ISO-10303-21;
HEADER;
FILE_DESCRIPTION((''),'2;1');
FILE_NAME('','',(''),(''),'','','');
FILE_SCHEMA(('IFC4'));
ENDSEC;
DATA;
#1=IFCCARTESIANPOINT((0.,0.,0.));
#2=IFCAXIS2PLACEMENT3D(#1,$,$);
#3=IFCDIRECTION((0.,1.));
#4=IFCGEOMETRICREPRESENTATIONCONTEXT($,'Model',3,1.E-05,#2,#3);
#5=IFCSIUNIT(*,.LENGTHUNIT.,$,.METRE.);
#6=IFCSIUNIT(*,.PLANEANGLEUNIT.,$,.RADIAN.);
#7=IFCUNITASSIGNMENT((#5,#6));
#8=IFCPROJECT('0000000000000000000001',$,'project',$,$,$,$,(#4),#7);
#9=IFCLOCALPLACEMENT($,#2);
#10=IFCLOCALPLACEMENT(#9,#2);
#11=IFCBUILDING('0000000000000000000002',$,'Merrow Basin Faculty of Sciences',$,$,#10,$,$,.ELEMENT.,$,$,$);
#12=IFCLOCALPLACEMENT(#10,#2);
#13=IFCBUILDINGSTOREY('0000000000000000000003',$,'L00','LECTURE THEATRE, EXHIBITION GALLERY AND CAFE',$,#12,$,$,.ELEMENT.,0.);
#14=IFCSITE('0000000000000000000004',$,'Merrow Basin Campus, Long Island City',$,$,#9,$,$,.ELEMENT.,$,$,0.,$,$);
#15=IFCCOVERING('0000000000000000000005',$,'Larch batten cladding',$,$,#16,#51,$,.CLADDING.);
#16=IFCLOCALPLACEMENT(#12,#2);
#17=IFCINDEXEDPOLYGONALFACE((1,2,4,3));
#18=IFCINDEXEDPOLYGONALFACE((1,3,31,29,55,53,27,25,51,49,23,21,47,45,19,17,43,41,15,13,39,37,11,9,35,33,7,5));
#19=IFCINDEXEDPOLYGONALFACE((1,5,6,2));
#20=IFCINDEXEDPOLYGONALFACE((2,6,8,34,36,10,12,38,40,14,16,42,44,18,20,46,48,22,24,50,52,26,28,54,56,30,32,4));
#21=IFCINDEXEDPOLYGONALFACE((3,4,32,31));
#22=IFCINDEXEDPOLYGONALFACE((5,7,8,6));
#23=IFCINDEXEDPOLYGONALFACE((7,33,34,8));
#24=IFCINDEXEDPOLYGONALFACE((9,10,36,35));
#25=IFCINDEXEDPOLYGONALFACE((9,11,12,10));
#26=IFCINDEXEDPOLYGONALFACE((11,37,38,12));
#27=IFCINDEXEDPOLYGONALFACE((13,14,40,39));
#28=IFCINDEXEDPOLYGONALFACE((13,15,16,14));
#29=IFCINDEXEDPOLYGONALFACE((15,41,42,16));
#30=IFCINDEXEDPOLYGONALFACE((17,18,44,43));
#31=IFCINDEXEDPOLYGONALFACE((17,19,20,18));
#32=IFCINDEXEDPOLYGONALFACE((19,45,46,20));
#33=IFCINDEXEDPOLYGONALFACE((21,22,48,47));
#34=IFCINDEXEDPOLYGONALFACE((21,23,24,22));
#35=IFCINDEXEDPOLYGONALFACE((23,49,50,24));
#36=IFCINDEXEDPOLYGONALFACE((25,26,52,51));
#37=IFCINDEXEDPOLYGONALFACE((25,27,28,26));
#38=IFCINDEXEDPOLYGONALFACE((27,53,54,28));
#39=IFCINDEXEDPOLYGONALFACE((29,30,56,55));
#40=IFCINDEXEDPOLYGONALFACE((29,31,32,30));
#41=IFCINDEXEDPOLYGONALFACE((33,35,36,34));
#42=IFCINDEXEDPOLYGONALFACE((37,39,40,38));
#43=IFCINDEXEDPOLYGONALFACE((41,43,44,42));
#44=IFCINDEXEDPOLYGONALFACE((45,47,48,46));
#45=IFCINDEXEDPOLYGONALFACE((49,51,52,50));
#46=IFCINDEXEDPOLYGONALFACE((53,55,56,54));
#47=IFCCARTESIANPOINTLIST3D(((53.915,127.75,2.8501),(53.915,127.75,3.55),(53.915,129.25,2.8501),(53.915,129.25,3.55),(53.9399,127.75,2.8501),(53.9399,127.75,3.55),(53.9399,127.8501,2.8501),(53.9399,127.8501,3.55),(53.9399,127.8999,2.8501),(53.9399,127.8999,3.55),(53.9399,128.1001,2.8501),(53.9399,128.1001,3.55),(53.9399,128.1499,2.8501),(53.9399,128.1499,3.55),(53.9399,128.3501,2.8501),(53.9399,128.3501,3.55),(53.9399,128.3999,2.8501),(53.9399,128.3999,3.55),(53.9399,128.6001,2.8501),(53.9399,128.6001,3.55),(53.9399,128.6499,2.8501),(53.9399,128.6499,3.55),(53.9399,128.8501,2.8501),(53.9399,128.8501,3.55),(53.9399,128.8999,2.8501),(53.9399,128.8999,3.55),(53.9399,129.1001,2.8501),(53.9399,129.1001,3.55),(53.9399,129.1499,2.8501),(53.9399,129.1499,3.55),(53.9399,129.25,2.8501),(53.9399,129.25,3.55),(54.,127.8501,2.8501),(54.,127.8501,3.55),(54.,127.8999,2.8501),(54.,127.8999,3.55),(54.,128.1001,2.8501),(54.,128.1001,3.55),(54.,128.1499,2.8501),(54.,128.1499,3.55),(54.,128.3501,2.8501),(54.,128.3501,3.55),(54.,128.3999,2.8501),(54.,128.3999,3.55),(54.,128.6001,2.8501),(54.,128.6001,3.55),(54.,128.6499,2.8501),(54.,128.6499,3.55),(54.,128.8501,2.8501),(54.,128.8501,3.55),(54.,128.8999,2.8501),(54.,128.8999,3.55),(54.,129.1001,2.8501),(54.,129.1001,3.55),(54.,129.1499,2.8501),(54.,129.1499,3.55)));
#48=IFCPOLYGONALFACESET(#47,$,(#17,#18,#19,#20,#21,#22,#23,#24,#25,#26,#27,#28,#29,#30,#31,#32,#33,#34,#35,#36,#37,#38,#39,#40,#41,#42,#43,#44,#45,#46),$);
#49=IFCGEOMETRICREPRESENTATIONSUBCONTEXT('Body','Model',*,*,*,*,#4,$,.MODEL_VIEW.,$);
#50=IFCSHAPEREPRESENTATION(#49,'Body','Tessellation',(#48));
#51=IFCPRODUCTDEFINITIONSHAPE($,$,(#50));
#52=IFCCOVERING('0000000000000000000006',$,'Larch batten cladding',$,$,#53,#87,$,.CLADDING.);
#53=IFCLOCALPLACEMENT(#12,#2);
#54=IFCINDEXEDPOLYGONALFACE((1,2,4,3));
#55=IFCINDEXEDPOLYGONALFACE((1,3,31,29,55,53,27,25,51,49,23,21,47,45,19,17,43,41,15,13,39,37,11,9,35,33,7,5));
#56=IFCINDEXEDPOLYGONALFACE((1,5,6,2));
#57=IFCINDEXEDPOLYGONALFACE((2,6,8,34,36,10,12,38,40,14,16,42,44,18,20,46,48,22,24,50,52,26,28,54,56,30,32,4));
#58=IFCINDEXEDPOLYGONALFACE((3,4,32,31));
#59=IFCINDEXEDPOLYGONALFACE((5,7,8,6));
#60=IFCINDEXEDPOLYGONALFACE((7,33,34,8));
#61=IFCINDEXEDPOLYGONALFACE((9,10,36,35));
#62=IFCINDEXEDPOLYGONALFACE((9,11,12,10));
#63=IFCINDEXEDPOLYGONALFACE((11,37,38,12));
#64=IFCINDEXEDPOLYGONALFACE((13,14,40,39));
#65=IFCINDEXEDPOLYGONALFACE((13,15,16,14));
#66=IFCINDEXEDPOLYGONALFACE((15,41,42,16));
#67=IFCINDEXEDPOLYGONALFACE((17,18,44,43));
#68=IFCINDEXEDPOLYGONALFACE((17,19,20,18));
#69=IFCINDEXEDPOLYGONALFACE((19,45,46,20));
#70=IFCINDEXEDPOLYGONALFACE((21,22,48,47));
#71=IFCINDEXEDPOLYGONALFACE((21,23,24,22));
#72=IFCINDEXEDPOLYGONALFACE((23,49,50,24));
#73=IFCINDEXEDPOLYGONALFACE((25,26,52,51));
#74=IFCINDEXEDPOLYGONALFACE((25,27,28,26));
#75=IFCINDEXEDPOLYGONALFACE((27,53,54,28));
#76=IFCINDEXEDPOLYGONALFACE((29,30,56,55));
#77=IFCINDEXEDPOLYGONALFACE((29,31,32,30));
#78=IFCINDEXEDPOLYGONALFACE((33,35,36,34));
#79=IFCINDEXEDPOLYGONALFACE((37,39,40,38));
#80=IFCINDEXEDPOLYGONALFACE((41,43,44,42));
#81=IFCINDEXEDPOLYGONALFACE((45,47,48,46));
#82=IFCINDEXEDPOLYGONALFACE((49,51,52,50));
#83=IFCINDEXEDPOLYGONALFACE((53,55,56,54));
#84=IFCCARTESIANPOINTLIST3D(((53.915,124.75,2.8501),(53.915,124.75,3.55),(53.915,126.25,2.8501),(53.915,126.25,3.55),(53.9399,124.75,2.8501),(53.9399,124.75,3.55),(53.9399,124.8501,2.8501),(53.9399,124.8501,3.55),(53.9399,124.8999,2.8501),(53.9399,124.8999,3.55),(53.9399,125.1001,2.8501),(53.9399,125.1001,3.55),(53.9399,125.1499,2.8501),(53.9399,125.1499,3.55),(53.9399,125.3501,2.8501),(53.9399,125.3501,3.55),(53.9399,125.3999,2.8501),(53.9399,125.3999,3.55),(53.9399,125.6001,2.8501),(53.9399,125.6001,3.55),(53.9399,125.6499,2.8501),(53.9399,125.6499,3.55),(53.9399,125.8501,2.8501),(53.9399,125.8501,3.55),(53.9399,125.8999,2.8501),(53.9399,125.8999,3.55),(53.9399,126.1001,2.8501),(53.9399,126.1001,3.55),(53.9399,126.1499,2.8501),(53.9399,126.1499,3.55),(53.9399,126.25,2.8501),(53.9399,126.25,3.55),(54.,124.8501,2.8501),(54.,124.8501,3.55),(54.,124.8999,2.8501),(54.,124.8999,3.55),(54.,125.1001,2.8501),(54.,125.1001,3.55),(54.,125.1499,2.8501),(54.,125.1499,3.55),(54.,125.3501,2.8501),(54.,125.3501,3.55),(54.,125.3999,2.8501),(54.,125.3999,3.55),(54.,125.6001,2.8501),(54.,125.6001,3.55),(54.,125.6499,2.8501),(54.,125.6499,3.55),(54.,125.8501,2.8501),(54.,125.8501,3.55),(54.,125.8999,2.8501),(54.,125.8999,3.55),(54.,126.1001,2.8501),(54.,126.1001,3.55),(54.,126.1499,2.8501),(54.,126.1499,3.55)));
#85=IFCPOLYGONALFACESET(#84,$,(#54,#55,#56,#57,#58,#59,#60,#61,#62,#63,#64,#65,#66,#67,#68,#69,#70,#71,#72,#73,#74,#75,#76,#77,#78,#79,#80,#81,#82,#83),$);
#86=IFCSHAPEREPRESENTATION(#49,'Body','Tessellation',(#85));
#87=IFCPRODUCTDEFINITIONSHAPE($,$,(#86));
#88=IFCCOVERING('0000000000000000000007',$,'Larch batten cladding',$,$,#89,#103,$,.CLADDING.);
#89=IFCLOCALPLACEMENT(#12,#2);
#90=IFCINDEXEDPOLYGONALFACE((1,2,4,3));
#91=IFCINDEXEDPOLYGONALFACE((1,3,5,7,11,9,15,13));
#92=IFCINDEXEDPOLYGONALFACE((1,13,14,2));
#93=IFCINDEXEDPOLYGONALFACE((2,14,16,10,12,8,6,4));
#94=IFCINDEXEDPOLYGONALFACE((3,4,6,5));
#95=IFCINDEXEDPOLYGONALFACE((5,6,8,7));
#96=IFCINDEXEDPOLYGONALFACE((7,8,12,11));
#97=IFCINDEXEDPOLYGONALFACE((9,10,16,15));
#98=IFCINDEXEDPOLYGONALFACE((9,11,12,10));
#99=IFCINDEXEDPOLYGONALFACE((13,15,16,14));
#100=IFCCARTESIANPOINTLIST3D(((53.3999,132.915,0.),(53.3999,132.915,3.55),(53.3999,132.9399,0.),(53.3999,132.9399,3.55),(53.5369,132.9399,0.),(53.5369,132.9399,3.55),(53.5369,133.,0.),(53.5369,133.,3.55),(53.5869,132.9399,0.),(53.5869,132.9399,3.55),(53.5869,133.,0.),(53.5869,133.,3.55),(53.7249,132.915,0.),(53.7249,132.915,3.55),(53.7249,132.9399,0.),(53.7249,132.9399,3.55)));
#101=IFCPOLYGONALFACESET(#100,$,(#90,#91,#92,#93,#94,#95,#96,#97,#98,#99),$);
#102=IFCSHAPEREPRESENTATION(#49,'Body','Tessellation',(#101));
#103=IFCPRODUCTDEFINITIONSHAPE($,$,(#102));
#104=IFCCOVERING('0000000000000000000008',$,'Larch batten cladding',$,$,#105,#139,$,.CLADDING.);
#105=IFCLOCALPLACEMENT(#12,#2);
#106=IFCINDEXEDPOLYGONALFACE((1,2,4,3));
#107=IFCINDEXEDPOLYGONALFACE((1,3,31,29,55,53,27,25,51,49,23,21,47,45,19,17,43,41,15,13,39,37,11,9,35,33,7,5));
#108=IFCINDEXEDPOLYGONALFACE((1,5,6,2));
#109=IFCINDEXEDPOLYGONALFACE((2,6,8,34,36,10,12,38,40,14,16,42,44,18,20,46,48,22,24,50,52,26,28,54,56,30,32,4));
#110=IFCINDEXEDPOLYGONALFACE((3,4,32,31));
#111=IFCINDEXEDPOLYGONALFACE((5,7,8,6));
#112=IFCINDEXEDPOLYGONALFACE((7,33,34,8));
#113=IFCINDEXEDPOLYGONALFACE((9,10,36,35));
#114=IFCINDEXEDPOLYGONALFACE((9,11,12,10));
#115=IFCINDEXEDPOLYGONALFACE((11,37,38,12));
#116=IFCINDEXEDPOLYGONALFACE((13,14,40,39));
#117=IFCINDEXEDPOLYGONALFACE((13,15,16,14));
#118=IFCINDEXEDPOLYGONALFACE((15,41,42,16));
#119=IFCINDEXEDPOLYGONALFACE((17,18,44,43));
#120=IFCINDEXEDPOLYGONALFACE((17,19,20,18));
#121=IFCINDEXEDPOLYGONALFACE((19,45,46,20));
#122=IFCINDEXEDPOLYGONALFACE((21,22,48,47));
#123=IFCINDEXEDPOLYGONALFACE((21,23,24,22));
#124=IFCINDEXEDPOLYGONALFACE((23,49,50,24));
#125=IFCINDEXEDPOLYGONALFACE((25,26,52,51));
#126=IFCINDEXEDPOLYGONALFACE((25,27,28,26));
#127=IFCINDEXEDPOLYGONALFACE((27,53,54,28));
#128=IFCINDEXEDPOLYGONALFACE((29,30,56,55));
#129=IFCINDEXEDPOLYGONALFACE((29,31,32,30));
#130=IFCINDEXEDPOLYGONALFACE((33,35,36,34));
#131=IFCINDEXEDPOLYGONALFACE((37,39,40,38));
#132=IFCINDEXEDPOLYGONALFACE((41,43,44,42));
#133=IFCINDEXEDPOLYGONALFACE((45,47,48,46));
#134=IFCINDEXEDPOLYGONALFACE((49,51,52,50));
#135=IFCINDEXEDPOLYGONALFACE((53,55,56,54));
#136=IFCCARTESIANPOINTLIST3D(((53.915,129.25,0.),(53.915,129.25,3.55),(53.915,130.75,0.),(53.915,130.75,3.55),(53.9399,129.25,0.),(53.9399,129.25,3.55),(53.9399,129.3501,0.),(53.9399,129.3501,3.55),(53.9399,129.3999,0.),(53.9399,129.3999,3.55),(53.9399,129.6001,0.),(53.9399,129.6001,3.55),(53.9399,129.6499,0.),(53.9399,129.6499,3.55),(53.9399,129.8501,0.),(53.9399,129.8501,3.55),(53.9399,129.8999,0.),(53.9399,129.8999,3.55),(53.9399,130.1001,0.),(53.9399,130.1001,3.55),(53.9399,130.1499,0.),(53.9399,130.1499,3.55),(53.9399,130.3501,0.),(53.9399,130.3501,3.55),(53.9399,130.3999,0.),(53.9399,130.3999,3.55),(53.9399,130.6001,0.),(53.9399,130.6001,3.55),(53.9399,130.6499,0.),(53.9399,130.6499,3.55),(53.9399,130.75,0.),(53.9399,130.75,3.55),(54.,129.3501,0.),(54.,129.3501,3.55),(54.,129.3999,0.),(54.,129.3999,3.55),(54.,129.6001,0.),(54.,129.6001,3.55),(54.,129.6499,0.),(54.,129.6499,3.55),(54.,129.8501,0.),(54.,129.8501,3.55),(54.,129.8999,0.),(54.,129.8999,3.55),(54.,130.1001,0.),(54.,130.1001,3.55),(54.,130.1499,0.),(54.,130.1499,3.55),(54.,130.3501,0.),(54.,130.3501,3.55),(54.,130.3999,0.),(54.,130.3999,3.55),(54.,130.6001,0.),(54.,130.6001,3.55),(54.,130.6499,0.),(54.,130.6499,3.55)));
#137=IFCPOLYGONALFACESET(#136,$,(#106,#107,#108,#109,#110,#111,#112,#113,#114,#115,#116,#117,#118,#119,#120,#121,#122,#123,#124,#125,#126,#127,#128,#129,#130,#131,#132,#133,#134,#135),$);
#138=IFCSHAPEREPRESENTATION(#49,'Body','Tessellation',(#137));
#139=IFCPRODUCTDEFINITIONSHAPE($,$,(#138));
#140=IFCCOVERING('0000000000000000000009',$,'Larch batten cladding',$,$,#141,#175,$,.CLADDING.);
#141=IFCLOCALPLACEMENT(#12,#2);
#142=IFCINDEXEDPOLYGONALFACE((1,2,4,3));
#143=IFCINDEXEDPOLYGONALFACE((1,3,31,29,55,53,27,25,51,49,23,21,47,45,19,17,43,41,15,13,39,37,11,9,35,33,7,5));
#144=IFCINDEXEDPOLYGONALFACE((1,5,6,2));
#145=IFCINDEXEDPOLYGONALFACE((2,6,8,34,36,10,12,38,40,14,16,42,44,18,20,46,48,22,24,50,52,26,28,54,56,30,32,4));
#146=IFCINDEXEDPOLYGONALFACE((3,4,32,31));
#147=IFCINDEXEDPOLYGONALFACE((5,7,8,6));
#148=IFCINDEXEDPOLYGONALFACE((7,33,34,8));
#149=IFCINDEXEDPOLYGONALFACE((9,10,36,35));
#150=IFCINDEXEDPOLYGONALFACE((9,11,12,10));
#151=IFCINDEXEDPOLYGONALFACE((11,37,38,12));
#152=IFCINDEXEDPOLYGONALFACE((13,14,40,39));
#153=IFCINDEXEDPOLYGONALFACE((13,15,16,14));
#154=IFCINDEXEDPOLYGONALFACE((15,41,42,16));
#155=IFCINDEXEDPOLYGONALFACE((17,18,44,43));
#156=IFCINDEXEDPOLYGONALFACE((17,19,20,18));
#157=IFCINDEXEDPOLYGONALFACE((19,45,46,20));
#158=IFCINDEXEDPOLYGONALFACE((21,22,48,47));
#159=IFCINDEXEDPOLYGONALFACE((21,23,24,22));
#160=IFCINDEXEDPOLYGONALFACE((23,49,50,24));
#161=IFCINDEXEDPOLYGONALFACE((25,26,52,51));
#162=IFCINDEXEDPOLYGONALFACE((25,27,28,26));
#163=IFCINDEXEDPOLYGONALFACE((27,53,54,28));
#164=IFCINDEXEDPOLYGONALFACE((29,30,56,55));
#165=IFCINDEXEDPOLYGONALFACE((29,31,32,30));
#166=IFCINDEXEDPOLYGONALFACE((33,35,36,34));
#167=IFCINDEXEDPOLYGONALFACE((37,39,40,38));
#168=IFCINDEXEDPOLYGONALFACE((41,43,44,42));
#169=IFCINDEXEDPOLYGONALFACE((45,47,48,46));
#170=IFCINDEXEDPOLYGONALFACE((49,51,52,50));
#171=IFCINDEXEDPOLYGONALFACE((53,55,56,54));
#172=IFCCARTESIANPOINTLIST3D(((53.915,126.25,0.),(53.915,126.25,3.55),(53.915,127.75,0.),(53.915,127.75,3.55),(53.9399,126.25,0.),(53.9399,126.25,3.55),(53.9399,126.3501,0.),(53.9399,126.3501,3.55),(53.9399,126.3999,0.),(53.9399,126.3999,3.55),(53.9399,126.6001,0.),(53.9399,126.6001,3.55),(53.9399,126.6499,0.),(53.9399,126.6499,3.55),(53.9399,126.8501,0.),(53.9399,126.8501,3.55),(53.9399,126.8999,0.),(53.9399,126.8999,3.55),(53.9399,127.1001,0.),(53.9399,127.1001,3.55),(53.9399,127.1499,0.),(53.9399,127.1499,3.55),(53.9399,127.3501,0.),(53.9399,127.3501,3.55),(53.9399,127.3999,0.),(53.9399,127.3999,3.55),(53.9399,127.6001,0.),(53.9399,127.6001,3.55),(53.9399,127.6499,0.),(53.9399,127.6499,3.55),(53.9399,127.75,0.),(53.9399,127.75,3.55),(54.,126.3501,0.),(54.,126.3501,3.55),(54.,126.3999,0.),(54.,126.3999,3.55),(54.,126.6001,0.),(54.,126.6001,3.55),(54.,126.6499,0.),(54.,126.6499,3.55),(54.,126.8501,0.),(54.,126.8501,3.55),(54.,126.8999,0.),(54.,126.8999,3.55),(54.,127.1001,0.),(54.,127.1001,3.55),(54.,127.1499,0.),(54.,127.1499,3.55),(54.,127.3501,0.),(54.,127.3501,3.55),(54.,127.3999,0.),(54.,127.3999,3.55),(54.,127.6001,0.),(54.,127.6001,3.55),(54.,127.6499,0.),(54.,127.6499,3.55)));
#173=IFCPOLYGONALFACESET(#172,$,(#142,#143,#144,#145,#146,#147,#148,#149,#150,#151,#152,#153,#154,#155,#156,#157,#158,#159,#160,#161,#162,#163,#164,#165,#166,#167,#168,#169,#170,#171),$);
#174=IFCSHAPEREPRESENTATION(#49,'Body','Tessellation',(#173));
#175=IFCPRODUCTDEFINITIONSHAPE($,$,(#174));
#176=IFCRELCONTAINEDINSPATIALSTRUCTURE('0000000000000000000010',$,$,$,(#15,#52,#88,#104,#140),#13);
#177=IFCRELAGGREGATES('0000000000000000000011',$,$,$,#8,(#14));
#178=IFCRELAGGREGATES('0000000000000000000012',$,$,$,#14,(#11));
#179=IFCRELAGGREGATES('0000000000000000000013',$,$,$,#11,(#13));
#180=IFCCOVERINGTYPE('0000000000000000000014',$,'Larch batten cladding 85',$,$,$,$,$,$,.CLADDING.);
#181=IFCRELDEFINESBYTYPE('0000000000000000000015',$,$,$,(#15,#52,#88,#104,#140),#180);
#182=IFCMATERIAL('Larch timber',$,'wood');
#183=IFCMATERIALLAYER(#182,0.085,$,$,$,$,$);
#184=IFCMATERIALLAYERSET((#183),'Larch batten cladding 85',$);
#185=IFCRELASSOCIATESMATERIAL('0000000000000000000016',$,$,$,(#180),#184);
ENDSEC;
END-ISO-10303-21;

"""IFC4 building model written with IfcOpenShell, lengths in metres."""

from ifc_helpers import new_model, si_unit, direction, frame, origin, place, context, subcontext, project, spatial, polyline, outline, extrude, source, transform, mapped, material, layer, layer_set, type_object, element, save


model = new_model("IFC4")

# Units and contexts
model_context = context("Model", 3, precision=1e-05, world=origin(), true_north=direction((0.0, 1.0)))
body_context = subcontext(model_context, "Body", "Model", "MODEL_VIEW")
ifc_project = project(units=[si_unit("LENGTHUNIT", "METRE"), si_unit("PLANEANGLEUNIT", "RADIAN")], contexts=[model_context])

# Site, building, storey
site_placement = place(None, origin())
site = spatial("IfcSite", under=ifc_project, at=site_placement, Name="Merrow Basin Campus, Long Island City", CompositionType="ELEMENT", RefElevation=0.0)
building_placement = place(site_placement, origin())
building = spatial("IfcBuilding", under=site, at=building_placement, Name="Merrow Basin Faculty of Sciences", CompositionType="ELEMENT")
storey_placement = place(building_placement, origin())
storey = spatial("IfcBuildingStorey", under=building, at=storey_placement, Name="L00", Description="LECTURE THEATRE, EXHIBITION GALLERY AND CAFE", CompositionType="ELEMENT", Elevation=0.0)

# Coverings
ifc_material_1 = material(Name="Larch timber", Category="wood")
ifc_layer_1 = layer(ifc_material_1, 0.085)
ifc_layer_set_1 = layer_set([ifc_layer_1], Name="Larch batten cladding 85")
covering_type = type_object("IfcCoveringType", Name="Larch batten cladding 85", PredefinedType="CLADDING", material=ifc_layer_set_1)
shared_shape_1 = source(origin(), body_context, "Body", "SweptSolid", [
    extrude(outline(polyline([(0.0, 0.0), (1.5, 0.0), (1.5, 0.0249), (1.3999, 0.0249), (1.3999, 0.085), (1.3501, 0.085), (1.3501, 0.0249), (1.1499, 0.0249), (1.1499, 0.085), (1.1001, 0.085), (1.1001, 0.0249), (0.8999, 0.0249), (0.8999, 0.085), (0.8501, 0.085), (0.8501, 0.0249), (0.6499, 0.0249), (0.6499, 0.085), (0.6001, 0.085), (0.6001, 0.0249), (0.3999, 0.0249), (0.3999, 0.085), (0.3501, 0.085), (0.3501, 0.0249), (0.1499, 0.0249), (0.1499, 0.085), (0.1001, 0.085), (0.1001, 0.0249), (0.0, 0.0249), (0.0, 0.0)])), origin(), (0.0, 0.0, 1.0), 0.7),
])
for number, where, z_axis, x_axis, name in (
    (1, (53.915, 129.25, 2.8501), (0.0, 0.0, 1.0), (0.0, -1.0, 0.0), "Larch batten cladding"),
    (2, (53.915, 126.25, 2.8501), (0.0, 0.0, 1.0), (0.0, -1.0, 0.0), "Larch batten cladding"),
):
    element("IfcCovering", number, at=place(storey_placement, frame(where, z_axis=z_axis, x_axis=x_axis)), inside=storey, type_object=covering_type, Name=name, PredefinedType="CLADDING", context=body_context, shape_type="MappedRepresentation", body=[
        mapped(shared_shape_1, transform((0.0, 0.0, 0.0), scale=1.0)),
    ])
shared_shape_2 = source(origin(), body_context, "Body", "SweptSolid", [
    extrude(outline(polyline([(0.0, 0.0), (0.325, 0.0), (0.325, 0.0249), (0.187, 0.0249), (0.187, 0.085), (0.137, 0.085), (0.137, 0.0249), (0.0, 0.0249), (0.0, 0.0)])), origin(), (0.0, 0.0, 1.0), 3.55),
])
covering_1_placement = place(storey_placement, frame((53.3999, 132.915, 0.0), z_axis=(0.0, 0.0, 1.0), x_axis=(1.0, 0.0, 0.0)))
element("IfcCovering", 3, at=covering_1_placement, inside=storey, type_object=covering_type, Name="Larch batten cladding", PredefinedType="CLADDING", context=body_context, shape_type="MappedRepresentation", body=[
    mapped(shared_shape_2, transform((0.0, 0.0, 0.0), scale=1.0)),
])
shared_shape_3 = source(origin(), body_context, "Body", "SweptSolid", [
    extrude(outline(polyline([(0.0, 0.0), (1.5, 0.0), (1.5, 0.0249), (1.3999, 0.0249), (1.3999, 0.085), (1.3501, 0.085), (1.3501, 0.0249), (1.1499, 0.0249), (1.1499, 0.085), (1.1001, 0.085), (1.1001, 0.0249), (0.8999, 0.0249), (0.8999, 0.085), (0.8501, 0.085), (0.8501, 0.0249), (0.6499, 0.0249), (0.6499, 0.085), (0.6001, 0.085), (0.6001, 0.0249), (0.3999, 0.0249), (0.3999, 0.085), (0.3501, 0.085), (0.3501, 0.0249), (0.1499, 0.0249), (0.1499, 0.085), (0.1001, 0.085), (0.1001, 0.0249), (0.0, 0.0249), (0.0, 0.0)])), origin(), (0.0, 0.0, 1.0), 3.55),
])
for number, where, z_axis, x_axis, name in (
    (4, (53.915, 130.75, 0.0), (0.0, 0.0, 1.0), (0.0, -1.0, 0.0), "Larch batten cladding"),
    (5, (53.915, 127.75, 0.0), (0.0, 0.0, 1.0), (0.0, -1.0, 0.0), "Larch batten cladding"),
):
    element("IfcCovering", number, at=place(storey_placement, frame(where, z_axis=z_axis, x_axis=x_axis)), inside=storey, type_object=covering_type, Name=name, PredefinedType="CLADDING", context=body_context, shape_type="MappedRepresentation", body=[
        mapped(shared_shape_3, transform((0.0, 0.0, 0.0), scale=1.0)),
    ])

save(model, "model.ifc")
